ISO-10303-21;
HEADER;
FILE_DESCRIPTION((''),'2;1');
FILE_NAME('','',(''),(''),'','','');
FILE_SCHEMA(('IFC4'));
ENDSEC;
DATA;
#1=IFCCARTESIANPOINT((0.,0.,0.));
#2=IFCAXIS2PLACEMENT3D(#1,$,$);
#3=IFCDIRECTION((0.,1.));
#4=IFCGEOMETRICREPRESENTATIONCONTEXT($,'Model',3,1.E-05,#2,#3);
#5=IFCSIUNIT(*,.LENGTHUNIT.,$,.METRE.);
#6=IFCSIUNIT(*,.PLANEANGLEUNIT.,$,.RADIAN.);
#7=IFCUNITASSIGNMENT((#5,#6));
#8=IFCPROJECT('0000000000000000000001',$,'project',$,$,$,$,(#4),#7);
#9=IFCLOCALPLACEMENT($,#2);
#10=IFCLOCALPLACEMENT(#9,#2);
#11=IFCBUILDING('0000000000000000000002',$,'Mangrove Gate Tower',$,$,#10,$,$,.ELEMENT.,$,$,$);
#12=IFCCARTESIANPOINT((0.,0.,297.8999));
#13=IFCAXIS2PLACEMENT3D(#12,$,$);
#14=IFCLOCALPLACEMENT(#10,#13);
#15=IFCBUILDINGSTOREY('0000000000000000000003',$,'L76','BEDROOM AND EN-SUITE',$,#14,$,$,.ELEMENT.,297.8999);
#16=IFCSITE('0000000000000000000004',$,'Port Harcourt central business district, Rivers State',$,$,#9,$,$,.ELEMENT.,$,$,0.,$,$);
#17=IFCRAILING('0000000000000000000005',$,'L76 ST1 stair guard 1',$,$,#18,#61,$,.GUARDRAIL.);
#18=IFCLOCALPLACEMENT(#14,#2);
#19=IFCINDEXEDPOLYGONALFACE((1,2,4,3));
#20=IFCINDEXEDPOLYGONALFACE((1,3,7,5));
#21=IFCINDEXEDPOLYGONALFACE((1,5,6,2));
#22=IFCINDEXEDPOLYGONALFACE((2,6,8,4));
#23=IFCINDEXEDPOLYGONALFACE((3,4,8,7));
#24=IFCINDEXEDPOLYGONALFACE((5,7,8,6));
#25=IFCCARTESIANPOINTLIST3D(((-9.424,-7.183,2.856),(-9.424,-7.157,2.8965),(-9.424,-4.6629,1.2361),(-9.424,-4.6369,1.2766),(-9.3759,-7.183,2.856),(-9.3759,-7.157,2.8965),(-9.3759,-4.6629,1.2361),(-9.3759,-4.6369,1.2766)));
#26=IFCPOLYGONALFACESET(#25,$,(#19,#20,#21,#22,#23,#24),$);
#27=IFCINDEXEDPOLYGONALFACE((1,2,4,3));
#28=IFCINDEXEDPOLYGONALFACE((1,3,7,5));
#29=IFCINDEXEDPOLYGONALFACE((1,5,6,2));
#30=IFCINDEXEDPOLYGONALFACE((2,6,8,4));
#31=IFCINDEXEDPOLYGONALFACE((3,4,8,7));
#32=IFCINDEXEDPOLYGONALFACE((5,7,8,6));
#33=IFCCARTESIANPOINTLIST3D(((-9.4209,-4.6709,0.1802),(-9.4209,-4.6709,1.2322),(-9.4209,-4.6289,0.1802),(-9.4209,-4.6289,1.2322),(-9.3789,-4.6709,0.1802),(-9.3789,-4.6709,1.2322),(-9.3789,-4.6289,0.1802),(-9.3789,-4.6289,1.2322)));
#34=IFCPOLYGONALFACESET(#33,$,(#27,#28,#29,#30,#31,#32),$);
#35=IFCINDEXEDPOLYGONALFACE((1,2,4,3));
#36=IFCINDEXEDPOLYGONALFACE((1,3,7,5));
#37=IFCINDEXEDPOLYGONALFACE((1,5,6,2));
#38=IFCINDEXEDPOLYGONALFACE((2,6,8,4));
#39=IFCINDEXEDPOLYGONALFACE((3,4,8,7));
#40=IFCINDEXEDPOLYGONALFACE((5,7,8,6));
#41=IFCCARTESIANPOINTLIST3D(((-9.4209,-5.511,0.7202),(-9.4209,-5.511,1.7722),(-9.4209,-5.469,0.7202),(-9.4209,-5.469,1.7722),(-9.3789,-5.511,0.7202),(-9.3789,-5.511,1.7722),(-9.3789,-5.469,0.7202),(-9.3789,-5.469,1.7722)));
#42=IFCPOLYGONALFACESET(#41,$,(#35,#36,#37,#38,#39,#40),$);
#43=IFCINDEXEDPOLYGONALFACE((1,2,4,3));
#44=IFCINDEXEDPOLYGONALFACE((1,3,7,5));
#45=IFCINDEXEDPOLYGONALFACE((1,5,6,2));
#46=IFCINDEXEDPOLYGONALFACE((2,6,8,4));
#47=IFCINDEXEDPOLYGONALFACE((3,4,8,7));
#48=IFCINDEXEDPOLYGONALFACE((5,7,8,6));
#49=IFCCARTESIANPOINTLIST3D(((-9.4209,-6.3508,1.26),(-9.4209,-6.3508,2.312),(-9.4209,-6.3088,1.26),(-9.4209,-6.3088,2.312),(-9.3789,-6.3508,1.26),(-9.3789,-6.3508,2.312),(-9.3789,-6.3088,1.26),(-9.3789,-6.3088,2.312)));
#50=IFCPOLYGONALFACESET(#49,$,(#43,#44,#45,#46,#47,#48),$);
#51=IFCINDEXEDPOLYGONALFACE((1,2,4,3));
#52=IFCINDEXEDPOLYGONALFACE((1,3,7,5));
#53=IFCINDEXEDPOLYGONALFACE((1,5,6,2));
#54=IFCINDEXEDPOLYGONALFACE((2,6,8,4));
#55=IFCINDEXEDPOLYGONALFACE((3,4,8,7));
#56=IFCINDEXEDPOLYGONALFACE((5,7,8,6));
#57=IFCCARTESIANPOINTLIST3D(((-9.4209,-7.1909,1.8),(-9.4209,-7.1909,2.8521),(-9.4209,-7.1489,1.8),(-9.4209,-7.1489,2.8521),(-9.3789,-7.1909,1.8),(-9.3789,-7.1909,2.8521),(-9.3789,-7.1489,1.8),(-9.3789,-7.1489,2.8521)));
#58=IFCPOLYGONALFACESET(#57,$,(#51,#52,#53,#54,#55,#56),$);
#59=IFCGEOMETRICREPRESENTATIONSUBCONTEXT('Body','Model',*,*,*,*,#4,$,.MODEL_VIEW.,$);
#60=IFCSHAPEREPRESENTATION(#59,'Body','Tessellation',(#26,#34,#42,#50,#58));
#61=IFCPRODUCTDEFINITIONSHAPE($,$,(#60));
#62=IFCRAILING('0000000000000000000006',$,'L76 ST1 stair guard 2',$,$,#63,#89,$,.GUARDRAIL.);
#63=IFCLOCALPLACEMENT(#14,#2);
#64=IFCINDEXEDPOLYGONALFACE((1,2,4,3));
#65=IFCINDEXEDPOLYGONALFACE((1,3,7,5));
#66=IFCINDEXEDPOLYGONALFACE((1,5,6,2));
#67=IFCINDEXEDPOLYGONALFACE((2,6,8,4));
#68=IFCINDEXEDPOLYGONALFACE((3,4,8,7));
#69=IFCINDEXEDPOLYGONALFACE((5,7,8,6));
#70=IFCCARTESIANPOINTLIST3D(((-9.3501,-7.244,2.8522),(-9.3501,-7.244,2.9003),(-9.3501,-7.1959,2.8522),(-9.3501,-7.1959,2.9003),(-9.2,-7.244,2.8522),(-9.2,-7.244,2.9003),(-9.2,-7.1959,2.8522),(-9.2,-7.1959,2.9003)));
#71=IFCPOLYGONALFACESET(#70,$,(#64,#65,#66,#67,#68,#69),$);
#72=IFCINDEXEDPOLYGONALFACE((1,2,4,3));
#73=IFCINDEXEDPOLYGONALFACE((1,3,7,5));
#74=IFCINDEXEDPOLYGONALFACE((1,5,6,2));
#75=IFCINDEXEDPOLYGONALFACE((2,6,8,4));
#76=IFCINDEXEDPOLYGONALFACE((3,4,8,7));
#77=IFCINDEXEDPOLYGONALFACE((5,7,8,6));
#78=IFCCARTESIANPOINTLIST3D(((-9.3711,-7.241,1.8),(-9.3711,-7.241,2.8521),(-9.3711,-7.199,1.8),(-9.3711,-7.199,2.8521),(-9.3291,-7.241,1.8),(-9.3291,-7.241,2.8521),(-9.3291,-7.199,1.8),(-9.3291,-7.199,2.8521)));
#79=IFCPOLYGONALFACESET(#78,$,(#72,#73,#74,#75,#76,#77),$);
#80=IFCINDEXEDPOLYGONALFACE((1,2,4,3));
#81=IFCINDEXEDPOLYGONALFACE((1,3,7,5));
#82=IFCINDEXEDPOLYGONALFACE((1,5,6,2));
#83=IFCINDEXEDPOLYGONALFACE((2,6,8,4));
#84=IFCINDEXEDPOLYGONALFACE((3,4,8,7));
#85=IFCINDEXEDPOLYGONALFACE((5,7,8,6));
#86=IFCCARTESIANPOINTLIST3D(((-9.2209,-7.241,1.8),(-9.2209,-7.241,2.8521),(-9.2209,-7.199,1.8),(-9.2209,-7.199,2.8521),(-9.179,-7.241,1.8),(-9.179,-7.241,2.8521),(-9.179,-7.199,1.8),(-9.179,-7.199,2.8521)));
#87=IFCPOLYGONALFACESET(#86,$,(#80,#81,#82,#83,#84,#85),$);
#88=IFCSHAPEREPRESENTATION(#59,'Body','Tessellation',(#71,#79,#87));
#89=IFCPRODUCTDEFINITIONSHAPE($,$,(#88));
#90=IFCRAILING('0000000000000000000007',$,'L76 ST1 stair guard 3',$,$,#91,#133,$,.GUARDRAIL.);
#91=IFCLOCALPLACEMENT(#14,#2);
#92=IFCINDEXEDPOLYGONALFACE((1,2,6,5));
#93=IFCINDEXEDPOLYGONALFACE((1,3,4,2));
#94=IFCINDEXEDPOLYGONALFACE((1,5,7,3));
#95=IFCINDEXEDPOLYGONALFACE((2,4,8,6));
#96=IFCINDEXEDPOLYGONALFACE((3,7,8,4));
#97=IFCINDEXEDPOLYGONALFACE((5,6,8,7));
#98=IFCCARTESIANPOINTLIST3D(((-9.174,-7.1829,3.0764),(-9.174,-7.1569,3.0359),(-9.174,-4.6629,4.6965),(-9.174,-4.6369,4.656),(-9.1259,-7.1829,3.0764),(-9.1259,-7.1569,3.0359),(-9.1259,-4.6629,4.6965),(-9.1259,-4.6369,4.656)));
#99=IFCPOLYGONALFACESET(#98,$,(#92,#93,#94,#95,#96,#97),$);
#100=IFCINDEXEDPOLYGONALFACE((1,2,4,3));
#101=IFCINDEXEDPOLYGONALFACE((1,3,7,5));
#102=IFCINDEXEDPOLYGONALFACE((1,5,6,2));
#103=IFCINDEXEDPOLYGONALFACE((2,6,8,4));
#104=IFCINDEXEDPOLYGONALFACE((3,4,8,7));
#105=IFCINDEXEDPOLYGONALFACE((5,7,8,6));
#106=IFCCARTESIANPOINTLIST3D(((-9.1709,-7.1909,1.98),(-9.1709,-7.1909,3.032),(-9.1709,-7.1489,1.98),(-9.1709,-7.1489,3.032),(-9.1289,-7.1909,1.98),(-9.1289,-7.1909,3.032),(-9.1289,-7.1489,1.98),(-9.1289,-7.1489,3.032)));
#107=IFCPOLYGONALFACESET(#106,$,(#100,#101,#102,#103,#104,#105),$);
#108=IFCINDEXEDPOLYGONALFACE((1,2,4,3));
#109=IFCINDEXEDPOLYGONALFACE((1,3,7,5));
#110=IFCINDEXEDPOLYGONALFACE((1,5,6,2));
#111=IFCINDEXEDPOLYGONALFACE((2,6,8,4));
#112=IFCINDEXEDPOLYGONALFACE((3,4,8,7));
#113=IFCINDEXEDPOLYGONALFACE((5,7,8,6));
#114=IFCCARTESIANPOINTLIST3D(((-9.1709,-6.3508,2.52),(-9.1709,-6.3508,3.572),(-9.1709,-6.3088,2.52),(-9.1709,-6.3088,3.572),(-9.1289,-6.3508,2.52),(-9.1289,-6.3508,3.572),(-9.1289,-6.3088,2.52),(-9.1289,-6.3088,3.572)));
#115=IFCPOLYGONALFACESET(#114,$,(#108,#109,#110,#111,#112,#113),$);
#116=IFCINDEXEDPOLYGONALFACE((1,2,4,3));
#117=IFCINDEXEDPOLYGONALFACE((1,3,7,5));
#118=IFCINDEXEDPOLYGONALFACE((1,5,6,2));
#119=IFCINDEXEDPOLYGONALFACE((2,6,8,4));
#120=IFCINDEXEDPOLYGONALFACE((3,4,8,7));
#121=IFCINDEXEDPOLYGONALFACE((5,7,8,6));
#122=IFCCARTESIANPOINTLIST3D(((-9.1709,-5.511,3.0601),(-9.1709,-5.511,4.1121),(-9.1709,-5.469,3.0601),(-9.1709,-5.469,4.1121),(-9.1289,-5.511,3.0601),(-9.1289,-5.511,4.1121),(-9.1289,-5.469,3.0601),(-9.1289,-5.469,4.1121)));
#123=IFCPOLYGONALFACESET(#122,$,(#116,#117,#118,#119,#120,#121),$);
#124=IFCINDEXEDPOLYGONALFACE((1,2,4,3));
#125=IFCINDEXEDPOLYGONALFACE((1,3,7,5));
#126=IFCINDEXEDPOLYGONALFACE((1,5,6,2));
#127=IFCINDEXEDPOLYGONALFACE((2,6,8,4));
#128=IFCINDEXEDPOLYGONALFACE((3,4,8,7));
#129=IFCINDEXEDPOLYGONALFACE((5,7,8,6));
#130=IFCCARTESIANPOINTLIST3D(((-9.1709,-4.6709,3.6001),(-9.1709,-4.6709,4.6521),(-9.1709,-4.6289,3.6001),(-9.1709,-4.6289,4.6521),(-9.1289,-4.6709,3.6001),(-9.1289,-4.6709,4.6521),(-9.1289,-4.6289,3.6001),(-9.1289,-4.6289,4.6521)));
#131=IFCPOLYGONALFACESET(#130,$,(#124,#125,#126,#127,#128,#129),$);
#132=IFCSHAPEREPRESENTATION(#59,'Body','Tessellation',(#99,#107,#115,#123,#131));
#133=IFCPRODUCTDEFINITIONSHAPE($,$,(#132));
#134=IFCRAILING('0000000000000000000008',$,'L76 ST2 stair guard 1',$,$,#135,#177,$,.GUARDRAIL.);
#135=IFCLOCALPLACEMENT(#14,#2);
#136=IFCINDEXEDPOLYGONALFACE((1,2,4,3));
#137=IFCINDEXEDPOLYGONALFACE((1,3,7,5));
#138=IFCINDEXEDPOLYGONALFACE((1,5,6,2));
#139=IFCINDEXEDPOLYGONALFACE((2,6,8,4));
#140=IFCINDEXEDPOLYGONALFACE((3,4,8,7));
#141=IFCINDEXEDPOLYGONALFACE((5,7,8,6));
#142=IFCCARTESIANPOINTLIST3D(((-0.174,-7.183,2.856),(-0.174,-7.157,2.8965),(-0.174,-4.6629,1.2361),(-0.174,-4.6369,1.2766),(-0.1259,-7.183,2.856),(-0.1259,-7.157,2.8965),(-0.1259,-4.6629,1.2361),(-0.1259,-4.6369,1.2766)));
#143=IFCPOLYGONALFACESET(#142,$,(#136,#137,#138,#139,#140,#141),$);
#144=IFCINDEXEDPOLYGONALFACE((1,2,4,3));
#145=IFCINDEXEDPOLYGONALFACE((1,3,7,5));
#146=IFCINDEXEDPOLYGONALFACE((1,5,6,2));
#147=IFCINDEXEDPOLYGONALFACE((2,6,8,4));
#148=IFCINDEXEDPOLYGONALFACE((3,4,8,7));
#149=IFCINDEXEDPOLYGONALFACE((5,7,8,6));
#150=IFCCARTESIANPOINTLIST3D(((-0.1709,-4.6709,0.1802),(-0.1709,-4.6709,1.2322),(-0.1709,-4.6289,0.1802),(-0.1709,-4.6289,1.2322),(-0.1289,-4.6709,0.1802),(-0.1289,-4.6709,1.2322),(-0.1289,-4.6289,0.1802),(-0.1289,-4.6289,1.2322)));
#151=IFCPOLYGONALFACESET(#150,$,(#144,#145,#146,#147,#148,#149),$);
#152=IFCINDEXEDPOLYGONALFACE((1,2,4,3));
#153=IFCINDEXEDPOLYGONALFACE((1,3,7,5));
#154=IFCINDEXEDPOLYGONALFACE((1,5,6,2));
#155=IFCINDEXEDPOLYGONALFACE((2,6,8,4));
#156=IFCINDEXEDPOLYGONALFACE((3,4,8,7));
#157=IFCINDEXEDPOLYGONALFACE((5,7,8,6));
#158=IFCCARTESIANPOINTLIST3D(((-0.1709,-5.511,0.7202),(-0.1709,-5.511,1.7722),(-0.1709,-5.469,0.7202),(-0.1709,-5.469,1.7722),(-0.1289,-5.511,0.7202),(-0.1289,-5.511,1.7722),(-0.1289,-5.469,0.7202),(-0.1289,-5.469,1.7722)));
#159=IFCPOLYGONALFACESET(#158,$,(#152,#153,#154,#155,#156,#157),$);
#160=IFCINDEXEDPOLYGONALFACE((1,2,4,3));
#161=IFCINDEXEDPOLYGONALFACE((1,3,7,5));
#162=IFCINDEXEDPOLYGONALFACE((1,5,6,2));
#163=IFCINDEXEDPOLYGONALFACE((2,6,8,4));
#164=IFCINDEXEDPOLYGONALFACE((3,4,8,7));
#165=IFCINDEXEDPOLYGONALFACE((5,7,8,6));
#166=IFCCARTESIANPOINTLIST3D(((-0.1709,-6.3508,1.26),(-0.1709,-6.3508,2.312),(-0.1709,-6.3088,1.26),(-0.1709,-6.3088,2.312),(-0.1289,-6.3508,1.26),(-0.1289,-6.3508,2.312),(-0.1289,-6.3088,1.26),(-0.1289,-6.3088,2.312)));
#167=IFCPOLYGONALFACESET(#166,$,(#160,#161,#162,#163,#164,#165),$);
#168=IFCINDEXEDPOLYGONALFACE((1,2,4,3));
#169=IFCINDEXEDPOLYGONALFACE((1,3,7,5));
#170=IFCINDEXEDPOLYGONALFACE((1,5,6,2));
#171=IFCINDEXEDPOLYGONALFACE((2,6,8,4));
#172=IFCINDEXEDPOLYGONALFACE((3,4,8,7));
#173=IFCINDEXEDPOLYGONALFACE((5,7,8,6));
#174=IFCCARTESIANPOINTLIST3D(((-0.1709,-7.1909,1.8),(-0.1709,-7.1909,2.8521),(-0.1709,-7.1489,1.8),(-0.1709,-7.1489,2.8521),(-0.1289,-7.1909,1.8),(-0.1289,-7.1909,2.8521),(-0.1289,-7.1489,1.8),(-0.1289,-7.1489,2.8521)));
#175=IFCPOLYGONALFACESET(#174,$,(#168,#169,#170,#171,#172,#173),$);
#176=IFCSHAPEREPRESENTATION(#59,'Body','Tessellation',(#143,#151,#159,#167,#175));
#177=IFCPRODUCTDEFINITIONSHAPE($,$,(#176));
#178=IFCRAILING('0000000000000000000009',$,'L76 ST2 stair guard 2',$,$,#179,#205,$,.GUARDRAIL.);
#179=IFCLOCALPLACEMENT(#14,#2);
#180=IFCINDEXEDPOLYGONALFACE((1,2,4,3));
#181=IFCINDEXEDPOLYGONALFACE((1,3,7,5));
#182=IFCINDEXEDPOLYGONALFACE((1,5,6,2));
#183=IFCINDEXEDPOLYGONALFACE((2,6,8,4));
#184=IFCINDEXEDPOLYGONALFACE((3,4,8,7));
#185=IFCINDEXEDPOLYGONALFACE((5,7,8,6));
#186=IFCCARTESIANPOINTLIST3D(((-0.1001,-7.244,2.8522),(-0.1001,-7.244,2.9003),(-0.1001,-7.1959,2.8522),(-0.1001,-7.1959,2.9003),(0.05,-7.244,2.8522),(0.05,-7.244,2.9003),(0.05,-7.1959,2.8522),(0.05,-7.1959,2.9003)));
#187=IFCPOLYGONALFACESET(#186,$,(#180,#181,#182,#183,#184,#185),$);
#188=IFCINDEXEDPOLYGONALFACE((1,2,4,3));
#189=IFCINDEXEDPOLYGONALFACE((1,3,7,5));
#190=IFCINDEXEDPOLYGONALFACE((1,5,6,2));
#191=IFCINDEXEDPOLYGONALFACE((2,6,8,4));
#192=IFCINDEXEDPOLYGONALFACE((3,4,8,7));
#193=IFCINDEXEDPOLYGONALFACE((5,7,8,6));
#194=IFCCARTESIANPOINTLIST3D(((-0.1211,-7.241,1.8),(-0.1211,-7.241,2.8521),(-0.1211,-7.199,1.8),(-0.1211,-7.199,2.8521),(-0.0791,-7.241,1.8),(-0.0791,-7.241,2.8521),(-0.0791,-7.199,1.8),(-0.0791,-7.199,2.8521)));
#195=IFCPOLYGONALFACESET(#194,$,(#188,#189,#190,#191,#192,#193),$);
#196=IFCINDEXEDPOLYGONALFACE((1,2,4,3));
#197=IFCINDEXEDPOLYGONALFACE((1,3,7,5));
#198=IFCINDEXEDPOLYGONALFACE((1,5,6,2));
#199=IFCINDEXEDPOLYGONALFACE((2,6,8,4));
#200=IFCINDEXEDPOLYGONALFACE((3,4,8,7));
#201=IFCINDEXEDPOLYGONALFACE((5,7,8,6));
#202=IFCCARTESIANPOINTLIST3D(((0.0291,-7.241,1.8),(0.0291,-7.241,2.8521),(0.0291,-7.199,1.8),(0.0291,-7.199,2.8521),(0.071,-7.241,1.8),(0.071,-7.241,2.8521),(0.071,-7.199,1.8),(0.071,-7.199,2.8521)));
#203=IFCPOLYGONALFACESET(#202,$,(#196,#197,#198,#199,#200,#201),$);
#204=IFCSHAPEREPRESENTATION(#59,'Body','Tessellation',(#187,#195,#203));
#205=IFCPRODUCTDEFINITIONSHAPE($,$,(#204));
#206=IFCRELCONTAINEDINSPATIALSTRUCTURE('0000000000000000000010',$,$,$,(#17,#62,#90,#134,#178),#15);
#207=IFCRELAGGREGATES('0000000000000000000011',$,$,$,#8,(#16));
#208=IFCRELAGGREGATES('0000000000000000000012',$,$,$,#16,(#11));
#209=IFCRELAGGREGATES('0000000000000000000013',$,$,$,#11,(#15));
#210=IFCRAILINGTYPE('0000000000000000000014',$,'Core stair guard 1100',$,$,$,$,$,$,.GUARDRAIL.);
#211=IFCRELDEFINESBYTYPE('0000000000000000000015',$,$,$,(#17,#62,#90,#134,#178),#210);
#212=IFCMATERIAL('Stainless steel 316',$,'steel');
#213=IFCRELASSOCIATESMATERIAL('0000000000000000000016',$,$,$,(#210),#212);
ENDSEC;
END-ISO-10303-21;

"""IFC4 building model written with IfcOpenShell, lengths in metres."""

from ifc_helpers import new_model, si_unit, direction, frame, origin, origin_2d, place, context, subcontext, project, spatial, rectangle, extrude, material, type_object, element, save


model = new_model("IFC4")

# Units and contexts
model_context = context("Model", 3, precision=1e-05, world=origin(), true_north=direction((0.0, 1.0)))
body_context = subcontext(model_context, "Body", "Model", "MODEL_VIEW")
ifc_project = project(units=[si_unit("LENGTHUNIT", "METRE"), si_unit("PLANEANGLEUNIT", "RADIAN")], contexts=[model_context])

# Site, building, storey
site_placement = place(None, origin())
site = spatial("IfcSite", under=ifc_project, at=site_placement, Name="Port Harcourt central business district, Rivers State", CompositionType="ELEMENT", RefElevation=0.0)
building_placement = place(site_placement, origin())
building = spatial("IfcBuilding", under=site, at=building_placement, Name="Mangrove Gate Tower", CompositionType="ELEMENT")
storey_placement = place(building_placement, frame((0.0, 0.0, 297.8999)))
storey = spatial("IfcBuildingStorey", under=building, at=storey_placement, Name="L76", Description="BEDROOM AND EN-SUITE", CompositionType="ELEMENT", Elevation=297.8999)

# Railings
ifc_material_1 = material(Name="Stainless steel 316", Category="steel")
railing_type_1 = type_object("IfcRailingType", Name="Core stair guard 1100", PredefinedType="GUARDRAIL", material=ifc_material_1)
railing_1_placement = place(storey_placement, frame((-9.3999, -4.6499, 0.1802)))
element("IfcRailing", 1, at=railing_1_placement, inside=storey, type_object=railing_type_1, Name="L76 ST1 stair guard 1", PredefinedType="GUARDRAIL", context=body_context, shape_type="SweptSolid", body=[
    extrude(rectangle(XDim=0.0481, YDim=0.0481, at=origin_2d()), frame((0.0, 0.0, 1.0762), z_axis=(0.0, -0.8412, 0.540725), x_axis=(1.0, 0.0, 0.0)), (0.0, 0.0, 1.0), 2.9958),
    extrude(rectangle(XDim=0.042, YDim=0.042, at=origin_2d()), origin(), (0.0, 0.0, 1.0), 1.052),
    extrude(rectangle(XDim=0.042, YDim=0.042, at=origin_2d()), frame((0.0, -0.8401, 0.54)), (0.0, 0.0, 1.0), 1.052),
    extrude(rectangle(XDim=0.042, YDim=0.042, at=origin_2d()), frame((0.0, -1.6799, 1.0798)), (0.0, 0.0, 1.0), 1.052),
    extrude(rectangle(XDim=0.042, YDim=0.042, at=origin_2d()), frame((0.0, -2.52, 1.6199)), (0.0, 0.0, 1.0), 1.052),
])
railing_2_placement = place(storey_placement, frame((-9.3501, -7.22, 1.8)))
element("IfcRailing", 2, at=railing_2_placement, inside=storey, type_object=railing_type_1, Name="L76 ST1 stair guard 2", PredefinedType="GUARDRAIL", context=body_context, shape_type="SweptSolid", body=[
    extrude(rectangle(XDim=0.0481, YDim=0.0481, at=origin_2d()), frame((0.0, 0.0, 1.0762), z_axis=(1.0, 0.0, 0.0), x_axis=(0.0, 1.0, 0.0)), (0.0, 0.0, 1.0), 0.1501),
    extrude(rectangle(XDim=0.042, YDim=0.042, at=origin_2d()), origin(), (0.0, 0.0, 1.0), 1.052),
    extrude(rectangle(XDim=0.042, YDim=0.042, at=origin_2d()), frame((0.1501, 0.0, 0.0)), (0.0, 0.0, 1.0), 1.052),
])
railing_3_placement = place(storey_placement, frame((-9.1499, -7.1699, 1.98)))
element("IfcRailing", 3, at=railing_3_placement, inside=storey, type_object=railing_type_1, Name="L76 ST1 stair guard 3", PredefinedType="GUARDRAIL", context=body_context, shape_type="SweptSolid", body=[
    extrude(rectangle(XDim=0.0481, YDim=0.0481, at=origin_2d()), frame((0.0, 0.0, 1.0762), z_axis=(0.0, 0.841163, 0.540782), x_axis=(-1.0, 0.0, 0.0)), (0.0, 0.0, 1.0), 2.9958),
    extrude(rectangle(XDim=0.042, YDim=0.042, at=origin_2d()), origin(), (0.0, 0.0, 1.0), 1.052),
    extrude(rectangle(XDim=0.042, YDim=0.042, at=origin_2d()), frame((0.0, 0.8401, 0.54)), (0.0, 0.0, 1.0), 1.052),
    extrude(rectangle(XDim=0.042, YDim=0.042, at=origin_2d()), frame((0.0, 1.6799, 1.0801)), (0.0, 0.0, 1.0), 1.052),
    extrude(rectangle(XDim=0.042, YDim=0.042, at=origin_2d()), frame((0.0, 2.52, 1.6201)), (0.0, 0.0, 1.0), 1.052),
])
railing_4_placement = place(storey_placement, frame((-0.1499, -4.6499, 0.1802)))
element("IfcRailing", 4, at=railing_4_placement, inside=storey, type_object=railing_type_1, Name="L76 ST2 stair guard 1", PredefinedType="GUARDRAIL", context=body_context, shape_type="SweptSolid", body=[
    extrude(rectangle(XDim=0.0481, YDim=0.0481, at=origin_2d()), frame((0.0, 0.0, 1.0762), z_axis=(0.0, -0.8412, 0.540725), x_axis=(1.0, 0.0, 0.0)), (0.0, 0.0, 1.0), 2.9958),
    extrude(rectangle(XDim=0.042, YDim=0.042, at=origin_2d()), origin(), (0.0, 0.0, 1.0), 1.052),
    extrude(rectangle(XDim=0.042, YDim=0.042, at=origin_2d()), frame((0.0, -0.8401, 0.54)), (0.0, 0.0, 1.0), 1.052),
    extrude(rectangle(XDim=0.042, YDim=0.042, at=origin_2d()), frame((0.0, -1.6799, 1.0798)), (0.0, 0.0, 1.0), 1.052),
    extrude(rectangle(XDim=0.042, YDim=0.042, at=origin_2d()), frame((0.0, -2.52, 1.6199)), (0.0, 0.0, 1.0), 1.052),
])
railing_5_placement = place(storey_placement, frame((-0.1001, -7.22, 1.8)))
element("IfcRailing", 5, at=railing_5_placement, inside=storey, type_object=railing_type_1, Name="L76 ST2 stair guard 2", PredefinedType="GUARDRAIL", context=body_context, shape_type="SweptSolid", body=[
    extrude(rectangle(XDim=0.0481, YDim=0.0481, at=origin_2d()), frame((0.0, 0.0, 1.0762), z_axis=(1.0, 0.0, 0.0), x_axis=(0.0, 1.0, 0.0)), (0.0, 0.0, 1.0), 0.1501),
    extrude(rectangle(XDim=0.042, YDim=0.042, at=origin_2d()), origin(), (0.0, 0.0, 1.0), 1.052),
    extrude(rectangle(XDim=0.042, YDim=0.042, at=origin_2d()), frame((0.1501, 0.0, 0.0)), (0.0, 0.0, 1.0), 1.052),
])

save(model, "model.ifc")
